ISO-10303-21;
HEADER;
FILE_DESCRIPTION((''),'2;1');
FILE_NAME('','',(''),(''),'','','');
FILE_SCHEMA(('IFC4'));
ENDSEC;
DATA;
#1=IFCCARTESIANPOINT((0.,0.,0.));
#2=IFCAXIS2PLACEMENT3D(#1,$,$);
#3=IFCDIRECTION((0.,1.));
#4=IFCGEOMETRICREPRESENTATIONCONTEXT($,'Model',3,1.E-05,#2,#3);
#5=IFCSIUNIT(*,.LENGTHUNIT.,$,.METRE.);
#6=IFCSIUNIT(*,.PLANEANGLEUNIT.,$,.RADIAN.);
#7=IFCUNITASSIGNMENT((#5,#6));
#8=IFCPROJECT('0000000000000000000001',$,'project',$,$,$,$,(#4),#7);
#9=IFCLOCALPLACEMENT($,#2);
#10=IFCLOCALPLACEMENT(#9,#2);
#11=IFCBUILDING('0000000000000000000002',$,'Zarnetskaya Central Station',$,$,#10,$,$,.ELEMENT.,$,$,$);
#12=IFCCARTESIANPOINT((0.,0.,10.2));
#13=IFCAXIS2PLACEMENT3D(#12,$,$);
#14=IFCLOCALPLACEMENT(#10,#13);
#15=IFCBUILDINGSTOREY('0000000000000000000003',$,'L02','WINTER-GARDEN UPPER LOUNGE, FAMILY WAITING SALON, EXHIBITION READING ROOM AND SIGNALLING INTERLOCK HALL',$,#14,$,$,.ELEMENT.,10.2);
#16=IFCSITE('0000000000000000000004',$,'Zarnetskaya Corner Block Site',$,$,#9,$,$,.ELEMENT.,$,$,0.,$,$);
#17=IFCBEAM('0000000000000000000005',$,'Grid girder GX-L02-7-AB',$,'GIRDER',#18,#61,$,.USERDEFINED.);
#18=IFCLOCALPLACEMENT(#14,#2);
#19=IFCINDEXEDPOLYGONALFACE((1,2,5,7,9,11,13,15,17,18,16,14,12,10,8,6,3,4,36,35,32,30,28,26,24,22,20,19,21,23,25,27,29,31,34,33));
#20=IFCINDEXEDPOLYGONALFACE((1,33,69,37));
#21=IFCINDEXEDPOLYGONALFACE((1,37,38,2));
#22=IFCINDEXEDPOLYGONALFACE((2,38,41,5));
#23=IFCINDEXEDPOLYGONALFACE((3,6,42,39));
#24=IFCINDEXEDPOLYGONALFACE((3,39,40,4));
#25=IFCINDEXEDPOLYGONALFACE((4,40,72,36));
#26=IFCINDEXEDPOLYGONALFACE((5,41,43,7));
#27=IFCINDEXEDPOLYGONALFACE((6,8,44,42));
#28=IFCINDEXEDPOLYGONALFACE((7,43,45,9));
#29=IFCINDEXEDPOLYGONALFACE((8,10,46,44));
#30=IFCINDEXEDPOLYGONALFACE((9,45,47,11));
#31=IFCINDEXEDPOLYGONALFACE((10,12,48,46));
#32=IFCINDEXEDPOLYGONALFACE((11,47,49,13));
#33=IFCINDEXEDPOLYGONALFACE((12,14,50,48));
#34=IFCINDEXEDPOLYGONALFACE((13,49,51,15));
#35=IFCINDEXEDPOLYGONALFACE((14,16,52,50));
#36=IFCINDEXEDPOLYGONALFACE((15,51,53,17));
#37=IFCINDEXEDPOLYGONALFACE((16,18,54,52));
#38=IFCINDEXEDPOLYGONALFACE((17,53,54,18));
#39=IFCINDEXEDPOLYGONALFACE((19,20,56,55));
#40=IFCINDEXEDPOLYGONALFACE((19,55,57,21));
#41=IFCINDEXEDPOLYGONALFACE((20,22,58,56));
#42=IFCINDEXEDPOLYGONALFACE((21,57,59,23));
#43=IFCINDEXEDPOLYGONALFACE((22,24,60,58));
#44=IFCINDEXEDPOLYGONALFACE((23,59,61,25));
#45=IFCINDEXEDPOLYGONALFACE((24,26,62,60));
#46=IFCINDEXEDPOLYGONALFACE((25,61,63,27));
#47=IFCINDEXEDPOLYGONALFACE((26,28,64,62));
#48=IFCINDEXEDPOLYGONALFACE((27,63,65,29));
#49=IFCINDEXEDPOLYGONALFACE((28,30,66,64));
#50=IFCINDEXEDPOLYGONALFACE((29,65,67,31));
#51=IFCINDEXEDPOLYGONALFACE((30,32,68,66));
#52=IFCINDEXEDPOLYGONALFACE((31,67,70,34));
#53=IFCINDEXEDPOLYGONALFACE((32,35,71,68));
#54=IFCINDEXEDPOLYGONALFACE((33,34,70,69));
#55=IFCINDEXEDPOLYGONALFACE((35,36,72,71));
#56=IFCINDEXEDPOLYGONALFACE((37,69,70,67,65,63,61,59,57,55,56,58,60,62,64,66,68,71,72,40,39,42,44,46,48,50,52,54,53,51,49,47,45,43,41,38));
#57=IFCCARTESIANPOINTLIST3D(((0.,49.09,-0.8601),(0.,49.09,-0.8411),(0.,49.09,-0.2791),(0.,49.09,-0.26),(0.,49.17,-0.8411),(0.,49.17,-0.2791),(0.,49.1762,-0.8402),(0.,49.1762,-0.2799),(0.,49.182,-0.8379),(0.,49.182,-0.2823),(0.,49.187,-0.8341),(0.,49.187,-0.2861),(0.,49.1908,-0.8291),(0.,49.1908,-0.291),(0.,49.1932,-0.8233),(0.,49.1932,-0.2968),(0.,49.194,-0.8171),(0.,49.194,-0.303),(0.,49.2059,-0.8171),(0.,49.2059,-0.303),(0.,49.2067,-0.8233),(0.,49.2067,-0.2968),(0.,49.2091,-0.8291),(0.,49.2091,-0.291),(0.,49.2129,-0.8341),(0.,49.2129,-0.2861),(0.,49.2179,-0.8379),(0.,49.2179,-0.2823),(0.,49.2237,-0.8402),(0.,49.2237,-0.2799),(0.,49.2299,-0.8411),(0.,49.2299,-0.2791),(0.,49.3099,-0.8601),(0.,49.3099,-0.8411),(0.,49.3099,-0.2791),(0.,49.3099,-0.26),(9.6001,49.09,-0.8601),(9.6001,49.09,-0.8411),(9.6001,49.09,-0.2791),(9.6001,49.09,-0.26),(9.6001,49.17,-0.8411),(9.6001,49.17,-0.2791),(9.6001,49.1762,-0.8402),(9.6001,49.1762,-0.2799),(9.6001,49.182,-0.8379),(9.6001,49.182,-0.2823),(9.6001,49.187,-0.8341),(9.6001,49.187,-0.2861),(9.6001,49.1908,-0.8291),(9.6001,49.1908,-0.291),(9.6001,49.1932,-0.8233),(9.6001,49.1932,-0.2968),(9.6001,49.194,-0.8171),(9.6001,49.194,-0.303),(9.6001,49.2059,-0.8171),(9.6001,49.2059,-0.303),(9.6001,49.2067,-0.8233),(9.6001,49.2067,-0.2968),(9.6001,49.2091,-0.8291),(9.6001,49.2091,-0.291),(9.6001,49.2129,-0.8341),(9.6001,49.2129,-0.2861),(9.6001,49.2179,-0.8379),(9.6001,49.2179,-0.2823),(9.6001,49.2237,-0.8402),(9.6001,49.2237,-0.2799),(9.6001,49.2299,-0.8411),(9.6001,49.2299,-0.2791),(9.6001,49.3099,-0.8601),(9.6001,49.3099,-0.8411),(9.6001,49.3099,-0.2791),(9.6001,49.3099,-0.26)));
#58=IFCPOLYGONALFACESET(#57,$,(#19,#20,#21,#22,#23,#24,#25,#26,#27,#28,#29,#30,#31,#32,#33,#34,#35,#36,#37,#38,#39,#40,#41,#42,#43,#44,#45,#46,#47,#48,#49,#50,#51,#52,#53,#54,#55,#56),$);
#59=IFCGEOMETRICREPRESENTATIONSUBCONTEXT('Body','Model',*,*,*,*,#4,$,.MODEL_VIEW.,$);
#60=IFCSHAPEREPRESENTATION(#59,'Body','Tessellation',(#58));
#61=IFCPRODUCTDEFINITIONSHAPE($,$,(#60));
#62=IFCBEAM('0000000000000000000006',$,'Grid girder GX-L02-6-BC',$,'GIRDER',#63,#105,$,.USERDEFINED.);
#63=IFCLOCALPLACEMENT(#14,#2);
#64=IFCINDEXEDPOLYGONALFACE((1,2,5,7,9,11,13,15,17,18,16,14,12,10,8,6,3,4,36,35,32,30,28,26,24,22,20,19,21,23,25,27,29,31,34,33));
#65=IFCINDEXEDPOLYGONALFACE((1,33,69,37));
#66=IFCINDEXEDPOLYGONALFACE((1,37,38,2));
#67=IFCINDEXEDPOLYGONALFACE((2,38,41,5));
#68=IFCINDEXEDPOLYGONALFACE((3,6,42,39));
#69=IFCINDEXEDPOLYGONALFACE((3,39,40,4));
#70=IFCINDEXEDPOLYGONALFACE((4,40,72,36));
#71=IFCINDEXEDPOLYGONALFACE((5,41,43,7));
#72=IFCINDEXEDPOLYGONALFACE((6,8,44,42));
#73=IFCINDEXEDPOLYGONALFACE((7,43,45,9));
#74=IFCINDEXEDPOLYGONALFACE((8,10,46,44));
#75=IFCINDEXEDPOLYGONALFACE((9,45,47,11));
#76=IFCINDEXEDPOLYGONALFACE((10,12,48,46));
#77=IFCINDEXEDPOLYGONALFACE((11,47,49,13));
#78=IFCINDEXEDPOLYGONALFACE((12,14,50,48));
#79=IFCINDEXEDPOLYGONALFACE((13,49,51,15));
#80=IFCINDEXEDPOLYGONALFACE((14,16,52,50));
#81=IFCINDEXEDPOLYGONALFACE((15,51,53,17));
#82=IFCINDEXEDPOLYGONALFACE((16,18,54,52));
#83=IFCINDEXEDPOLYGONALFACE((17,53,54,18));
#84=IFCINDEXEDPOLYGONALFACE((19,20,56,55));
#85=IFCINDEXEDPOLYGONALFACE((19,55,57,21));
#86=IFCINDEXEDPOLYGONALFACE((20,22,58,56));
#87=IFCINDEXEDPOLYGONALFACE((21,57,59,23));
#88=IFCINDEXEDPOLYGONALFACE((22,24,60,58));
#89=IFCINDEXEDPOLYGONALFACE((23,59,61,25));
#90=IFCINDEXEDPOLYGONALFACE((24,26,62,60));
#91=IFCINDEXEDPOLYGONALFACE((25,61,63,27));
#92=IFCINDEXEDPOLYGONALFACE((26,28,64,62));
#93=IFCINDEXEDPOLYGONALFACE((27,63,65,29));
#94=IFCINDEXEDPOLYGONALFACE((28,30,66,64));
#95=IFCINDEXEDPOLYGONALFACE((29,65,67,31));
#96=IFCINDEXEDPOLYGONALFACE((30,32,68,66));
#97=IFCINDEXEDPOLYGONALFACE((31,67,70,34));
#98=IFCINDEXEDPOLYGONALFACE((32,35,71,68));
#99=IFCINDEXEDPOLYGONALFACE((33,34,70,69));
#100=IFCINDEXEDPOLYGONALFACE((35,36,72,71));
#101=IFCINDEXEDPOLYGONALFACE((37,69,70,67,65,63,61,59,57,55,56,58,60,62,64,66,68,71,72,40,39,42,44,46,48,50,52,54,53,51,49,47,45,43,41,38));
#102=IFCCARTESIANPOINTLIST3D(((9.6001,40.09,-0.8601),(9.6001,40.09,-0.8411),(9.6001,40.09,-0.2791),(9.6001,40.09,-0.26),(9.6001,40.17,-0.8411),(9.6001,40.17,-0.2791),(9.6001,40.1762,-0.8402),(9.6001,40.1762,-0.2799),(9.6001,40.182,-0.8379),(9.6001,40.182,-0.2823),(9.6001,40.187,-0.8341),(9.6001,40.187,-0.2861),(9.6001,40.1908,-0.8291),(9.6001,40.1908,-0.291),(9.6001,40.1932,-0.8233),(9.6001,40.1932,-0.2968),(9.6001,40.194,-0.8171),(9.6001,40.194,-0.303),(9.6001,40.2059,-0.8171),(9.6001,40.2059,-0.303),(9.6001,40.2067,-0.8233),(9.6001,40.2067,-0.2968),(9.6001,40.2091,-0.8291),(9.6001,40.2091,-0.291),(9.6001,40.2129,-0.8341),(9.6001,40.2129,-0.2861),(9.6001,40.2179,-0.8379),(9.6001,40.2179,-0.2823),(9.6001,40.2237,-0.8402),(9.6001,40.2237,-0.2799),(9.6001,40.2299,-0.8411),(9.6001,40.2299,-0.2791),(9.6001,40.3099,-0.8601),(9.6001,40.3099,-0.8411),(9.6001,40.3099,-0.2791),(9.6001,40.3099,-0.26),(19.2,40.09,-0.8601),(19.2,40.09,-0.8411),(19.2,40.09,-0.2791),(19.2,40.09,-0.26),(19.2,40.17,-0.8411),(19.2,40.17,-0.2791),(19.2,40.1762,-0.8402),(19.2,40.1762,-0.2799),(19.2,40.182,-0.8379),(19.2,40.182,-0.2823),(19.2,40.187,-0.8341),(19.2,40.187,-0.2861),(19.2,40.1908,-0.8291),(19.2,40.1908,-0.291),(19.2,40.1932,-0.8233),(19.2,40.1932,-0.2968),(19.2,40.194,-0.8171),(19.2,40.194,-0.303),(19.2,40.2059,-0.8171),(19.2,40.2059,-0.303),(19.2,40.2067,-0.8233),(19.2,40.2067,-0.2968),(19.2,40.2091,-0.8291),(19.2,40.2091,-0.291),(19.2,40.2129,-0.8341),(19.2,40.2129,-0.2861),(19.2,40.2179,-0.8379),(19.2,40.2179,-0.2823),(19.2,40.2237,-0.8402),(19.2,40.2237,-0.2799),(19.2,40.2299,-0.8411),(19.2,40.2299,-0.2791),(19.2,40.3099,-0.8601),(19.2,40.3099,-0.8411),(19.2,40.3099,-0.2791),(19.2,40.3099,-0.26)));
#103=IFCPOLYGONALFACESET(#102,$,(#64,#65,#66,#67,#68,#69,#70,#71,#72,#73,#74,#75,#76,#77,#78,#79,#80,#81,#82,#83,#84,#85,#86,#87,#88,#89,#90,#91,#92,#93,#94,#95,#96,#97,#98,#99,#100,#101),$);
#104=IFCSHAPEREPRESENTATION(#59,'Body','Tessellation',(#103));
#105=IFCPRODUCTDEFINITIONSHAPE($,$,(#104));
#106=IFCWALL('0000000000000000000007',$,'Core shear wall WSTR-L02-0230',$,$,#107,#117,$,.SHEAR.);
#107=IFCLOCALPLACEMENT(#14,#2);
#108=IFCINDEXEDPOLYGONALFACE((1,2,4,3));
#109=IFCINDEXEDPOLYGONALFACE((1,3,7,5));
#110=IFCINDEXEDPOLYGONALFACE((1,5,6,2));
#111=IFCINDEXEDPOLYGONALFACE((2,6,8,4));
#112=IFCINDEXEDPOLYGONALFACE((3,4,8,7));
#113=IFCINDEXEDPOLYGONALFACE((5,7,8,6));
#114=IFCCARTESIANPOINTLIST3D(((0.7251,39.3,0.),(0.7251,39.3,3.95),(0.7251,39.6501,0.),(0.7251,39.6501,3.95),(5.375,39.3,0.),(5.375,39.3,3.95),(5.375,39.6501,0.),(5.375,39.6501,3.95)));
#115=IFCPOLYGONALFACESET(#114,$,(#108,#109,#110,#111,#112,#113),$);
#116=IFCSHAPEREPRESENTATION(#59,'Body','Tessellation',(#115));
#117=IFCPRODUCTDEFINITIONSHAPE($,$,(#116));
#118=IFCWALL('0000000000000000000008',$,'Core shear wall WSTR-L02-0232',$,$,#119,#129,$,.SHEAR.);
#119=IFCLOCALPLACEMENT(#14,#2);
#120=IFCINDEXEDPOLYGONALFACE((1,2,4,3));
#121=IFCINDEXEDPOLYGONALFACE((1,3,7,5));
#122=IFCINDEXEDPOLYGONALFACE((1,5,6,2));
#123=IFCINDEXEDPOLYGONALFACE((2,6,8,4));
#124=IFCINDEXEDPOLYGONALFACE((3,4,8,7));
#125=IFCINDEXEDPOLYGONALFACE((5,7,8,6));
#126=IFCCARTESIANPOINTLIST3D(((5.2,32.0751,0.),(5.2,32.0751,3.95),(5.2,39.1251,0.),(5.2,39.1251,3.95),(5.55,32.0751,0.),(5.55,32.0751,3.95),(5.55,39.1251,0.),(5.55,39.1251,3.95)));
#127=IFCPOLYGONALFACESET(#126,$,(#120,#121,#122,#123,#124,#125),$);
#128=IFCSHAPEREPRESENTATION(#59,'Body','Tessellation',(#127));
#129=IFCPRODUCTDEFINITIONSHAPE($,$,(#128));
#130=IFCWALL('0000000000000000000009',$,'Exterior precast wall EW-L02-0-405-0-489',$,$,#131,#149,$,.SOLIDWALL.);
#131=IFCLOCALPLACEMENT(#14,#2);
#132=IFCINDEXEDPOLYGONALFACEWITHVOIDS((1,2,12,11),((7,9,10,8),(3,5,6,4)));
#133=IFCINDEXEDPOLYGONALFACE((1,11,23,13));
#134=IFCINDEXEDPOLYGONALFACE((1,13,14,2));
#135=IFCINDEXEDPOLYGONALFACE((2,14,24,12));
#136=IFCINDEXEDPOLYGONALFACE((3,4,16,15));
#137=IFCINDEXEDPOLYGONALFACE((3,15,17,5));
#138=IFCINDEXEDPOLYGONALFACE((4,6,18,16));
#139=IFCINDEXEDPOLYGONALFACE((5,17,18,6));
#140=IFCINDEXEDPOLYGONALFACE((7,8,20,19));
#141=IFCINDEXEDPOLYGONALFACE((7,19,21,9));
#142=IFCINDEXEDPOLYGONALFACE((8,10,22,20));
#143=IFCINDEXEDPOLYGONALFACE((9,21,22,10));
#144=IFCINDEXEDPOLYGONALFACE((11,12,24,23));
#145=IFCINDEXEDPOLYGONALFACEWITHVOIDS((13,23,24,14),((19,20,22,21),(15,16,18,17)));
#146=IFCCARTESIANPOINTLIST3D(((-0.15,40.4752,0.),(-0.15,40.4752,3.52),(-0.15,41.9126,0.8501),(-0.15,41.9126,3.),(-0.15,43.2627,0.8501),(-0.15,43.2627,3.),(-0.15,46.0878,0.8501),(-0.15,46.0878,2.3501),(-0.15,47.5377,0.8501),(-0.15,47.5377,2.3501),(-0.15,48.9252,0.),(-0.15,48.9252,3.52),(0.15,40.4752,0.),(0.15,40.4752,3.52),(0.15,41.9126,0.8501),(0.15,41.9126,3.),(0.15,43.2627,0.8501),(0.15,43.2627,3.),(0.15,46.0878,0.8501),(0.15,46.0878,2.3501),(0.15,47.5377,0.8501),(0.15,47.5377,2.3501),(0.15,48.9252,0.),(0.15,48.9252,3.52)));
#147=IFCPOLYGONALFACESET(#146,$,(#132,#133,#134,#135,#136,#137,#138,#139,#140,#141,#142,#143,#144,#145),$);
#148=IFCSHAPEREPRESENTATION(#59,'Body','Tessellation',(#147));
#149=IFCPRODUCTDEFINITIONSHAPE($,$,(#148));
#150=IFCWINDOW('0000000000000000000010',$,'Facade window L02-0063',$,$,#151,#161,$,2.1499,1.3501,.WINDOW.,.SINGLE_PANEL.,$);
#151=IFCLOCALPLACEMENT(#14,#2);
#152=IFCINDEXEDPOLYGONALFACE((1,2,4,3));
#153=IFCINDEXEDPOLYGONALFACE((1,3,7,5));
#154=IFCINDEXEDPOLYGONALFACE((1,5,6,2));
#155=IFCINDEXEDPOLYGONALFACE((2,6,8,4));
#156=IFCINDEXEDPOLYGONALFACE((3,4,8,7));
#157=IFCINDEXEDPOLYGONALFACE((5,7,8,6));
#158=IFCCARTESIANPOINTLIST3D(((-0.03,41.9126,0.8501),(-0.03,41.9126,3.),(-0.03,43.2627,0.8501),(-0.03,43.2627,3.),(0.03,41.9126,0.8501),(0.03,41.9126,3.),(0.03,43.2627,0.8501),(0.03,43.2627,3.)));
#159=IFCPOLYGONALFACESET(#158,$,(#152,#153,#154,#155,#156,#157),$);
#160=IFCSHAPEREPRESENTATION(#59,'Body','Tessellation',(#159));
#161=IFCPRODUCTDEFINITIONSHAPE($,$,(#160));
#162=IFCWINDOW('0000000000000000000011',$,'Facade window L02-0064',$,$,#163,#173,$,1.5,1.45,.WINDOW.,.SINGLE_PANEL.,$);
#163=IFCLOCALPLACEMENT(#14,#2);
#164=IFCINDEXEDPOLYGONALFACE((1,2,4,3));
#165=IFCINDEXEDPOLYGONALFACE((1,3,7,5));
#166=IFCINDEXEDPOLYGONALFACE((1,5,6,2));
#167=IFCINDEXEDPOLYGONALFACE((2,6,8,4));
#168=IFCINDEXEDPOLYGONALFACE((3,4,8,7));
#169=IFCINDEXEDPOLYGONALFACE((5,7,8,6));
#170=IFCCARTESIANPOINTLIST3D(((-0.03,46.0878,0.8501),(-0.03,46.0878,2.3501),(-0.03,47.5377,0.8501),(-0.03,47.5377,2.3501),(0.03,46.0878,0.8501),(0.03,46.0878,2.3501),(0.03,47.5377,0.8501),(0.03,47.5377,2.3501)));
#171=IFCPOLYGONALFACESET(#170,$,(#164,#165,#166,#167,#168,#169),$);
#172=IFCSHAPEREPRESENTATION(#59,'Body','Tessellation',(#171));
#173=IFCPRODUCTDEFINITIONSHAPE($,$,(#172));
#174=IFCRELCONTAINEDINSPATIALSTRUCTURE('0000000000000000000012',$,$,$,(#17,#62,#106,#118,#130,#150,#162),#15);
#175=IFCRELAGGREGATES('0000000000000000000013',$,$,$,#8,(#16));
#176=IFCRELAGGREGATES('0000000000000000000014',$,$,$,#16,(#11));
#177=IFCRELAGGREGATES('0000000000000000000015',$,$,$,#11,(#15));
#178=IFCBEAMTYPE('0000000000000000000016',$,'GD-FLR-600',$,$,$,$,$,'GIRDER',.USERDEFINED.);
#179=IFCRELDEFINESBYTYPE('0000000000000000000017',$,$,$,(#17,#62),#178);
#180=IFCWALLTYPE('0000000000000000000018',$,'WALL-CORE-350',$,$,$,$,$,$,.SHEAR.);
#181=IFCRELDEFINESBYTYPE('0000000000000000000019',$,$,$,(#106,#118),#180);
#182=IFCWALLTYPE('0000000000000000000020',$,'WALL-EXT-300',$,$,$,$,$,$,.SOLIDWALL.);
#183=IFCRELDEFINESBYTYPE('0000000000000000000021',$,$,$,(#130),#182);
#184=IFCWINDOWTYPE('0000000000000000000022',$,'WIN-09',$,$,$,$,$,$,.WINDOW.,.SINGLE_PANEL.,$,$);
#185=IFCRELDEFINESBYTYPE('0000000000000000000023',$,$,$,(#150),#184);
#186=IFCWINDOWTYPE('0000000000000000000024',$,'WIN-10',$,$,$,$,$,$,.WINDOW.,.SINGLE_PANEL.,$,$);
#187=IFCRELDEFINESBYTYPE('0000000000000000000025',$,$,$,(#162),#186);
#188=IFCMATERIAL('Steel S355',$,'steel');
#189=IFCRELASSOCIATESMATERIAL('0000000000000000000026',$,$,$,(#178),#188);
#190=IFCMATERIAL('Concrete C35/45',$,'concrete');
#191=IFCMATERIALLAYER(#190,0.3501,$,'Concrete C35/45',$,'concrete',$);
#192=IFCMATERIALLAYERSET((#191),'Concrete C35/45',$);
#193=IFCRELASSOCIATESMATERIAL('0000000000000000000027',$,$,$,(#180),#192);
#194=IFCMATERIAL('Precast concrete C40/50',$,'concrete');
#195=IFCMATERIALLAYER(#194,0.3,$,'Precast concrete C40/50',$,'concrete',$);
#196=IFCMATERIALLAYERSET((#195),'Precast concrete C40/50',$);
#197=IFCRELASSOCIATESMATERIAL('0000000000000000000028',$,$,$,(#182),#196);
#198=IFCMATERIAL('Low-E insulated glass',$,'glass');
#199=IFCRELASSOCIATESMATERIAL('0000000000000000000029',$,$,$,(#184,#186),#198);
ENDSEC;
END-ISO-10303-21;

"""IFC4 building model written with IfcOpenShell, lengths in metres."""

from ifc_helpers import new_model, si_unit, direction, frame, frame_2d, origin, origin_2d, place, context, subcontext, project, spatial, rectangle, i_section, extrude, material, layer, layer_set, material_profile, profile_set, type_object, element, fill, save


model = new_model("IFC4")

# Units and contexts
model_context = context("Model", 3, precision=1e-05, world=origin(), true_north=direction((0.0, 1.0)))
body_context = subcontext(model_context, "Body", "Model", "MODEL_VIEW")
ifc_project = project(units=[si_unit("LENGTHUNIT", "METRE"), si_unit("PLANEANGLEUNIT", "RADIAN")], contexts=[model_context])

# Site, building, storey
site_placement = place(None, origin())
site = spatial("IfcSite", under=ifc_project, at=site_placement, Name="Zarnetskaya Corner Block Site", CompositionType="ELEMENT", RefElevation=0.0)
building_placement = place(site_placement, origin())
building = spatial("IfcBuilding", under=site, at=building_placement, Name="Zarnetskaya Central Station", CompositionType="ELEMENT")
storey_placement = place(building_placement, frame((0.0, 0.0, 10.2)))
storey = spatial("IfcBuildingStorey", under=building, at=storey_placement, Name="L02", Description="WINTER-GARDEN UPPER LOUNGE, FAMILY WAITING SALON, EXHIBITION READING ROOM AND SIGNALLING INTERLOCK HALL", CompositionType="ELEMENT", Elevation=10.2)

# Shared definitions
ifc_material_1 = material(Name="Steel S355", Category="steel")

# Beams
ifc_material_profile_1 = material_profile(ifc_material_1, i_section(OverallWidth=0.22, OverallDepth=0.6001, WebThickness=0.012, FlangeThickness=0.019, FilletRadius=0.0239, at=origin_2d()), Name="IPE 600")
ifc_profile_set_1 = profile_set([ifc_material_profile_1], Name="Steel S355")
beam_type_1 = type_object("IfcBeamType", Name="GD-FLR-600", ElementType="GIRDER", PredefinedType="USERDEFINED", material=ifc_profile_set_1)
for number, where, z_axis, x_axis, name in (
    (1, (0.0, 49.2, -0.5601), (1.0, 0.0, 0.0), (0.0, 1.0, 0.0), "Grid girder GX-L02-7-AB"),
):
    element("IfcBeam", number, at=place(storey_placement, frame(where, z_axis=z_axis, x_axis=x_axis)), inside=storey, type_object=beam_type_1, Name=name, ObjectType="GIRDER", PredefinedType="USERDEFINED", context=body_context, shape_type="SweptSolid", body=[
        extrude(i_section(OverallWidth=0.22, OverallDepth=0.6001, WebThickness=0.012, FlangeThickness=0.019, FilletRadius=0.0239, at=origin_2d()), origin(), (0.0, 0.0, 1.0), 9.6001),
    ])
beam_1_placement = place(storey_placement, frame((9.6001, 40.2, -0.5601), z_axis=(1.0, 0.0, 0.0), x_axis=(0.0, 1.0, 0.0)))
element("IfcBeam", 2, at=beam_1_placement, inside=storey, type_object=beam_type_1, Name="Grid girder GX-L02-6-BC", ObjectType="GIRDER", PredefinedType="USERDEFINED", context=body_context, shape_type="SweptSolid", body=[
    extrude(i_section(OverallWidth=0.22, OverallDepth=0.6001, WebThickness=0.012, FlangeThickness=0.019, FilletRadius=0.0239, at=origin_2d()), origin(), (0.0, 0.0, 1.0), 9.5999),
])

# Walls
ifc_material_2 = material(Name="Concrete C35/45", Category="concrete")
ifc_layer_1 = layer(ifc_material_2, 0.3501, Name="Concrete C35/45", Category="concrete")
ifc_layer_set_1 = layer_set([ifc_layer_1], Name="Concrete C35/45")
wall_type_1 = type_object("IfcWallType", Name="WALL-CORE-350", PredefinedType="SHEAR", material=ifc_layer_set_1)
wall_1_placement = place(storey_placement, frame((0.7251, 39.4751, 0.0), z_axis=(0.0, 0.0, 1.0), x_axis=(1.0, 0.0, 0.0)))
element("IfcWall", 3, at=wall_1_placement, inside=storey, type_object=wall_type_1, Name="Core shear wall WSTR-L02-0230", PredefinedType="SHEAR", context=body_context, shape_type="SweptSolid", body=[
    extrude(rectangle(XDim=4.6499, YDim=0.3501, at=frame_2d((2.325, 0.0))), origin(), (0.0, 0.0, 1.0), 3.95),
])
wall_2_placement = place(storey_placement, frame((5.375, 39.125, 0.0), z_axis=(0.0, 0.0, 1.0), x_axis=(0.0, -1.0, 0.0)))
element("IfcWall", 4, at=wall_2_placement, inside=storey, type_object=wall_type_1, Name="Core shear wall WSTR-L02-0232", PredefinedType="SHEAR", context=body_context, shape_type="SweptSolid", body=[
    extrude(rectangle(XDim=7.05, YDim=0.3501, at=frame_2d((3.5249, 0.0))), origin(), (0.0, 0.0, 1.0), 3.95),
])

# Wall, openings, windows
ifc_material_3 = material(Name="Precast concrete C40/50", Category="concrete")
ifc_layer_2 = layer(ifc_material_3, 0.3, Name="Precast concrete C40/50", Category="concrete")
ifc_layer_set_2 = layer_set([ifc_layer_2], Name="Precast concrete C40/50")
wall_type_2 = type_object("IfcWallType", Name="WALL-EXT-300", PredefinedType="SOLIDWALL", material=ifc_layer_set_2)
wall_3_placement = place(storey_placement, frame((0.0, 40.4751, 0.0), z_axis=(0.0, 0.0, 1.0), x_axis=(0.0, 1.0, 0.0)))
wall_3 = element("IfcWall", 5, at=wall_3_placement, inside=storey, type_object=wall_type_2, Name="Exterior precast wall EW-L02-0-405-0-489", PredefinedType="SOLIDWALL", context=body_context, shape_type="SweptSolid", body=[
    extrude(rectangle(XDim=8.45, YDim=0.3, at=frame_2d((4.2251, 0.0))), origin(), (0.0, 0.0, 1.0), 3.52),
])
opening_1_placement = place(wall_3_placement, frame((1.4375, 0.0, 0.8501)))
opening_1 = element("IfcOpeningElement", 6, at=opening_1_placement, cuts=wall_3, PredefinedType="OPENING", context=body_context, shape_type="SweptSolid", body=[
    extrude(rectangle(XDim=1.3501, YDim=2.1499, at=frame_2d((0.675, 1.075))), frame((0.0, 0.1602, 0.0), z_axis=(0.0, -1.0, 0.0), x_axis=(1.0, 0.0, 0.0)), (0.0, 0.0, 1.0), 0.3201),
])
opening_2_placement = place(wall_3_placement, frame((5.6125, 0.0, 0.8501)))
opening_2 = element("IfcOpeningElement", 7, at=opening_2_placement, cuts=wall_3, PredefinedType="OPENING", context=body_context, shape_type="SweptSolid", body=[
    extrude(rectangle(XDim=1.45, YDim=1.5, at=frame_2d((0.7251, 0.75))), frame((0.0, 0.1602, 0.0), z_axis=(0.0, -1.0, 0.0), x_axis=(1.0, 0.0, 0.0)), (0.0, 0.0, 1.0), 0.3201),
])
ifc_material_4 = material(Name="Low-E insulated glass", Category="glass")
window_type_1 = type_object("IfcWindowType", Name="WIN-09", PartitioningType="SINGLE_PANEL", PredefinedType="WINDOW", material=ifc_material_4)
window_1_placement = place(opening_1_placement, origin())
window_1 = element("IfcWindow", 8, at=window_1_placement, inside=storey, type_object=window_type_1, Name="Facade window L02-0063", OverallHeight=2.1499, OverallWidth=1.3501, PartitioningType="SINGLE_PANEL", PredefinedType="WINDOW", context=body_context, shape_type="SweptSolid", body=[
    extrude(rectangle(XDim=1.3501, YDim=2.1499, at=frame_2d((0.675, 1.075))), frame((0.0, 0.03, 0.0), z_axis=(0.0, -1.0, 0.0), x_axis=(1.0, 0.0, 0.0)), (0.0, 0.0, 1.0), 0.0601),
])
fill(opening_1, window_1)
window_type_2 = type_object("IfcWindowType", Name="WIN-10", PartitioningType="SINGLE_PANEL", PredefinedType="WINDOW", material=ifc_material_4)
window_2_placement = place(opening_2_placement, origin())
window_2 = element("IfcWindow", 9, at=window_2_placement, inside=storey, type_object=window_type_2, Name="Facade window L02-0064", OverallHeight=1.5, OverallWidth=1.45, PartitioningType="SINGLE_PANEL", PredefinedType="WINDOW", context=body_context, shape_type="SweptSolid", body=[
    extrude(rectangle(XDim=1.45, YDim=1.5, at=frame_2d((0.7251, 0.75))), frame((0.0, 0.03, 0.0), z_axis=(0.0, -1.0, 0.0), x_axis=(1.0, 0.0, 0.0)), (0.0, 0.0, 1.0), 0.0601),
])
fill(opening_2, window_2)

save(model, "model.ifc")
